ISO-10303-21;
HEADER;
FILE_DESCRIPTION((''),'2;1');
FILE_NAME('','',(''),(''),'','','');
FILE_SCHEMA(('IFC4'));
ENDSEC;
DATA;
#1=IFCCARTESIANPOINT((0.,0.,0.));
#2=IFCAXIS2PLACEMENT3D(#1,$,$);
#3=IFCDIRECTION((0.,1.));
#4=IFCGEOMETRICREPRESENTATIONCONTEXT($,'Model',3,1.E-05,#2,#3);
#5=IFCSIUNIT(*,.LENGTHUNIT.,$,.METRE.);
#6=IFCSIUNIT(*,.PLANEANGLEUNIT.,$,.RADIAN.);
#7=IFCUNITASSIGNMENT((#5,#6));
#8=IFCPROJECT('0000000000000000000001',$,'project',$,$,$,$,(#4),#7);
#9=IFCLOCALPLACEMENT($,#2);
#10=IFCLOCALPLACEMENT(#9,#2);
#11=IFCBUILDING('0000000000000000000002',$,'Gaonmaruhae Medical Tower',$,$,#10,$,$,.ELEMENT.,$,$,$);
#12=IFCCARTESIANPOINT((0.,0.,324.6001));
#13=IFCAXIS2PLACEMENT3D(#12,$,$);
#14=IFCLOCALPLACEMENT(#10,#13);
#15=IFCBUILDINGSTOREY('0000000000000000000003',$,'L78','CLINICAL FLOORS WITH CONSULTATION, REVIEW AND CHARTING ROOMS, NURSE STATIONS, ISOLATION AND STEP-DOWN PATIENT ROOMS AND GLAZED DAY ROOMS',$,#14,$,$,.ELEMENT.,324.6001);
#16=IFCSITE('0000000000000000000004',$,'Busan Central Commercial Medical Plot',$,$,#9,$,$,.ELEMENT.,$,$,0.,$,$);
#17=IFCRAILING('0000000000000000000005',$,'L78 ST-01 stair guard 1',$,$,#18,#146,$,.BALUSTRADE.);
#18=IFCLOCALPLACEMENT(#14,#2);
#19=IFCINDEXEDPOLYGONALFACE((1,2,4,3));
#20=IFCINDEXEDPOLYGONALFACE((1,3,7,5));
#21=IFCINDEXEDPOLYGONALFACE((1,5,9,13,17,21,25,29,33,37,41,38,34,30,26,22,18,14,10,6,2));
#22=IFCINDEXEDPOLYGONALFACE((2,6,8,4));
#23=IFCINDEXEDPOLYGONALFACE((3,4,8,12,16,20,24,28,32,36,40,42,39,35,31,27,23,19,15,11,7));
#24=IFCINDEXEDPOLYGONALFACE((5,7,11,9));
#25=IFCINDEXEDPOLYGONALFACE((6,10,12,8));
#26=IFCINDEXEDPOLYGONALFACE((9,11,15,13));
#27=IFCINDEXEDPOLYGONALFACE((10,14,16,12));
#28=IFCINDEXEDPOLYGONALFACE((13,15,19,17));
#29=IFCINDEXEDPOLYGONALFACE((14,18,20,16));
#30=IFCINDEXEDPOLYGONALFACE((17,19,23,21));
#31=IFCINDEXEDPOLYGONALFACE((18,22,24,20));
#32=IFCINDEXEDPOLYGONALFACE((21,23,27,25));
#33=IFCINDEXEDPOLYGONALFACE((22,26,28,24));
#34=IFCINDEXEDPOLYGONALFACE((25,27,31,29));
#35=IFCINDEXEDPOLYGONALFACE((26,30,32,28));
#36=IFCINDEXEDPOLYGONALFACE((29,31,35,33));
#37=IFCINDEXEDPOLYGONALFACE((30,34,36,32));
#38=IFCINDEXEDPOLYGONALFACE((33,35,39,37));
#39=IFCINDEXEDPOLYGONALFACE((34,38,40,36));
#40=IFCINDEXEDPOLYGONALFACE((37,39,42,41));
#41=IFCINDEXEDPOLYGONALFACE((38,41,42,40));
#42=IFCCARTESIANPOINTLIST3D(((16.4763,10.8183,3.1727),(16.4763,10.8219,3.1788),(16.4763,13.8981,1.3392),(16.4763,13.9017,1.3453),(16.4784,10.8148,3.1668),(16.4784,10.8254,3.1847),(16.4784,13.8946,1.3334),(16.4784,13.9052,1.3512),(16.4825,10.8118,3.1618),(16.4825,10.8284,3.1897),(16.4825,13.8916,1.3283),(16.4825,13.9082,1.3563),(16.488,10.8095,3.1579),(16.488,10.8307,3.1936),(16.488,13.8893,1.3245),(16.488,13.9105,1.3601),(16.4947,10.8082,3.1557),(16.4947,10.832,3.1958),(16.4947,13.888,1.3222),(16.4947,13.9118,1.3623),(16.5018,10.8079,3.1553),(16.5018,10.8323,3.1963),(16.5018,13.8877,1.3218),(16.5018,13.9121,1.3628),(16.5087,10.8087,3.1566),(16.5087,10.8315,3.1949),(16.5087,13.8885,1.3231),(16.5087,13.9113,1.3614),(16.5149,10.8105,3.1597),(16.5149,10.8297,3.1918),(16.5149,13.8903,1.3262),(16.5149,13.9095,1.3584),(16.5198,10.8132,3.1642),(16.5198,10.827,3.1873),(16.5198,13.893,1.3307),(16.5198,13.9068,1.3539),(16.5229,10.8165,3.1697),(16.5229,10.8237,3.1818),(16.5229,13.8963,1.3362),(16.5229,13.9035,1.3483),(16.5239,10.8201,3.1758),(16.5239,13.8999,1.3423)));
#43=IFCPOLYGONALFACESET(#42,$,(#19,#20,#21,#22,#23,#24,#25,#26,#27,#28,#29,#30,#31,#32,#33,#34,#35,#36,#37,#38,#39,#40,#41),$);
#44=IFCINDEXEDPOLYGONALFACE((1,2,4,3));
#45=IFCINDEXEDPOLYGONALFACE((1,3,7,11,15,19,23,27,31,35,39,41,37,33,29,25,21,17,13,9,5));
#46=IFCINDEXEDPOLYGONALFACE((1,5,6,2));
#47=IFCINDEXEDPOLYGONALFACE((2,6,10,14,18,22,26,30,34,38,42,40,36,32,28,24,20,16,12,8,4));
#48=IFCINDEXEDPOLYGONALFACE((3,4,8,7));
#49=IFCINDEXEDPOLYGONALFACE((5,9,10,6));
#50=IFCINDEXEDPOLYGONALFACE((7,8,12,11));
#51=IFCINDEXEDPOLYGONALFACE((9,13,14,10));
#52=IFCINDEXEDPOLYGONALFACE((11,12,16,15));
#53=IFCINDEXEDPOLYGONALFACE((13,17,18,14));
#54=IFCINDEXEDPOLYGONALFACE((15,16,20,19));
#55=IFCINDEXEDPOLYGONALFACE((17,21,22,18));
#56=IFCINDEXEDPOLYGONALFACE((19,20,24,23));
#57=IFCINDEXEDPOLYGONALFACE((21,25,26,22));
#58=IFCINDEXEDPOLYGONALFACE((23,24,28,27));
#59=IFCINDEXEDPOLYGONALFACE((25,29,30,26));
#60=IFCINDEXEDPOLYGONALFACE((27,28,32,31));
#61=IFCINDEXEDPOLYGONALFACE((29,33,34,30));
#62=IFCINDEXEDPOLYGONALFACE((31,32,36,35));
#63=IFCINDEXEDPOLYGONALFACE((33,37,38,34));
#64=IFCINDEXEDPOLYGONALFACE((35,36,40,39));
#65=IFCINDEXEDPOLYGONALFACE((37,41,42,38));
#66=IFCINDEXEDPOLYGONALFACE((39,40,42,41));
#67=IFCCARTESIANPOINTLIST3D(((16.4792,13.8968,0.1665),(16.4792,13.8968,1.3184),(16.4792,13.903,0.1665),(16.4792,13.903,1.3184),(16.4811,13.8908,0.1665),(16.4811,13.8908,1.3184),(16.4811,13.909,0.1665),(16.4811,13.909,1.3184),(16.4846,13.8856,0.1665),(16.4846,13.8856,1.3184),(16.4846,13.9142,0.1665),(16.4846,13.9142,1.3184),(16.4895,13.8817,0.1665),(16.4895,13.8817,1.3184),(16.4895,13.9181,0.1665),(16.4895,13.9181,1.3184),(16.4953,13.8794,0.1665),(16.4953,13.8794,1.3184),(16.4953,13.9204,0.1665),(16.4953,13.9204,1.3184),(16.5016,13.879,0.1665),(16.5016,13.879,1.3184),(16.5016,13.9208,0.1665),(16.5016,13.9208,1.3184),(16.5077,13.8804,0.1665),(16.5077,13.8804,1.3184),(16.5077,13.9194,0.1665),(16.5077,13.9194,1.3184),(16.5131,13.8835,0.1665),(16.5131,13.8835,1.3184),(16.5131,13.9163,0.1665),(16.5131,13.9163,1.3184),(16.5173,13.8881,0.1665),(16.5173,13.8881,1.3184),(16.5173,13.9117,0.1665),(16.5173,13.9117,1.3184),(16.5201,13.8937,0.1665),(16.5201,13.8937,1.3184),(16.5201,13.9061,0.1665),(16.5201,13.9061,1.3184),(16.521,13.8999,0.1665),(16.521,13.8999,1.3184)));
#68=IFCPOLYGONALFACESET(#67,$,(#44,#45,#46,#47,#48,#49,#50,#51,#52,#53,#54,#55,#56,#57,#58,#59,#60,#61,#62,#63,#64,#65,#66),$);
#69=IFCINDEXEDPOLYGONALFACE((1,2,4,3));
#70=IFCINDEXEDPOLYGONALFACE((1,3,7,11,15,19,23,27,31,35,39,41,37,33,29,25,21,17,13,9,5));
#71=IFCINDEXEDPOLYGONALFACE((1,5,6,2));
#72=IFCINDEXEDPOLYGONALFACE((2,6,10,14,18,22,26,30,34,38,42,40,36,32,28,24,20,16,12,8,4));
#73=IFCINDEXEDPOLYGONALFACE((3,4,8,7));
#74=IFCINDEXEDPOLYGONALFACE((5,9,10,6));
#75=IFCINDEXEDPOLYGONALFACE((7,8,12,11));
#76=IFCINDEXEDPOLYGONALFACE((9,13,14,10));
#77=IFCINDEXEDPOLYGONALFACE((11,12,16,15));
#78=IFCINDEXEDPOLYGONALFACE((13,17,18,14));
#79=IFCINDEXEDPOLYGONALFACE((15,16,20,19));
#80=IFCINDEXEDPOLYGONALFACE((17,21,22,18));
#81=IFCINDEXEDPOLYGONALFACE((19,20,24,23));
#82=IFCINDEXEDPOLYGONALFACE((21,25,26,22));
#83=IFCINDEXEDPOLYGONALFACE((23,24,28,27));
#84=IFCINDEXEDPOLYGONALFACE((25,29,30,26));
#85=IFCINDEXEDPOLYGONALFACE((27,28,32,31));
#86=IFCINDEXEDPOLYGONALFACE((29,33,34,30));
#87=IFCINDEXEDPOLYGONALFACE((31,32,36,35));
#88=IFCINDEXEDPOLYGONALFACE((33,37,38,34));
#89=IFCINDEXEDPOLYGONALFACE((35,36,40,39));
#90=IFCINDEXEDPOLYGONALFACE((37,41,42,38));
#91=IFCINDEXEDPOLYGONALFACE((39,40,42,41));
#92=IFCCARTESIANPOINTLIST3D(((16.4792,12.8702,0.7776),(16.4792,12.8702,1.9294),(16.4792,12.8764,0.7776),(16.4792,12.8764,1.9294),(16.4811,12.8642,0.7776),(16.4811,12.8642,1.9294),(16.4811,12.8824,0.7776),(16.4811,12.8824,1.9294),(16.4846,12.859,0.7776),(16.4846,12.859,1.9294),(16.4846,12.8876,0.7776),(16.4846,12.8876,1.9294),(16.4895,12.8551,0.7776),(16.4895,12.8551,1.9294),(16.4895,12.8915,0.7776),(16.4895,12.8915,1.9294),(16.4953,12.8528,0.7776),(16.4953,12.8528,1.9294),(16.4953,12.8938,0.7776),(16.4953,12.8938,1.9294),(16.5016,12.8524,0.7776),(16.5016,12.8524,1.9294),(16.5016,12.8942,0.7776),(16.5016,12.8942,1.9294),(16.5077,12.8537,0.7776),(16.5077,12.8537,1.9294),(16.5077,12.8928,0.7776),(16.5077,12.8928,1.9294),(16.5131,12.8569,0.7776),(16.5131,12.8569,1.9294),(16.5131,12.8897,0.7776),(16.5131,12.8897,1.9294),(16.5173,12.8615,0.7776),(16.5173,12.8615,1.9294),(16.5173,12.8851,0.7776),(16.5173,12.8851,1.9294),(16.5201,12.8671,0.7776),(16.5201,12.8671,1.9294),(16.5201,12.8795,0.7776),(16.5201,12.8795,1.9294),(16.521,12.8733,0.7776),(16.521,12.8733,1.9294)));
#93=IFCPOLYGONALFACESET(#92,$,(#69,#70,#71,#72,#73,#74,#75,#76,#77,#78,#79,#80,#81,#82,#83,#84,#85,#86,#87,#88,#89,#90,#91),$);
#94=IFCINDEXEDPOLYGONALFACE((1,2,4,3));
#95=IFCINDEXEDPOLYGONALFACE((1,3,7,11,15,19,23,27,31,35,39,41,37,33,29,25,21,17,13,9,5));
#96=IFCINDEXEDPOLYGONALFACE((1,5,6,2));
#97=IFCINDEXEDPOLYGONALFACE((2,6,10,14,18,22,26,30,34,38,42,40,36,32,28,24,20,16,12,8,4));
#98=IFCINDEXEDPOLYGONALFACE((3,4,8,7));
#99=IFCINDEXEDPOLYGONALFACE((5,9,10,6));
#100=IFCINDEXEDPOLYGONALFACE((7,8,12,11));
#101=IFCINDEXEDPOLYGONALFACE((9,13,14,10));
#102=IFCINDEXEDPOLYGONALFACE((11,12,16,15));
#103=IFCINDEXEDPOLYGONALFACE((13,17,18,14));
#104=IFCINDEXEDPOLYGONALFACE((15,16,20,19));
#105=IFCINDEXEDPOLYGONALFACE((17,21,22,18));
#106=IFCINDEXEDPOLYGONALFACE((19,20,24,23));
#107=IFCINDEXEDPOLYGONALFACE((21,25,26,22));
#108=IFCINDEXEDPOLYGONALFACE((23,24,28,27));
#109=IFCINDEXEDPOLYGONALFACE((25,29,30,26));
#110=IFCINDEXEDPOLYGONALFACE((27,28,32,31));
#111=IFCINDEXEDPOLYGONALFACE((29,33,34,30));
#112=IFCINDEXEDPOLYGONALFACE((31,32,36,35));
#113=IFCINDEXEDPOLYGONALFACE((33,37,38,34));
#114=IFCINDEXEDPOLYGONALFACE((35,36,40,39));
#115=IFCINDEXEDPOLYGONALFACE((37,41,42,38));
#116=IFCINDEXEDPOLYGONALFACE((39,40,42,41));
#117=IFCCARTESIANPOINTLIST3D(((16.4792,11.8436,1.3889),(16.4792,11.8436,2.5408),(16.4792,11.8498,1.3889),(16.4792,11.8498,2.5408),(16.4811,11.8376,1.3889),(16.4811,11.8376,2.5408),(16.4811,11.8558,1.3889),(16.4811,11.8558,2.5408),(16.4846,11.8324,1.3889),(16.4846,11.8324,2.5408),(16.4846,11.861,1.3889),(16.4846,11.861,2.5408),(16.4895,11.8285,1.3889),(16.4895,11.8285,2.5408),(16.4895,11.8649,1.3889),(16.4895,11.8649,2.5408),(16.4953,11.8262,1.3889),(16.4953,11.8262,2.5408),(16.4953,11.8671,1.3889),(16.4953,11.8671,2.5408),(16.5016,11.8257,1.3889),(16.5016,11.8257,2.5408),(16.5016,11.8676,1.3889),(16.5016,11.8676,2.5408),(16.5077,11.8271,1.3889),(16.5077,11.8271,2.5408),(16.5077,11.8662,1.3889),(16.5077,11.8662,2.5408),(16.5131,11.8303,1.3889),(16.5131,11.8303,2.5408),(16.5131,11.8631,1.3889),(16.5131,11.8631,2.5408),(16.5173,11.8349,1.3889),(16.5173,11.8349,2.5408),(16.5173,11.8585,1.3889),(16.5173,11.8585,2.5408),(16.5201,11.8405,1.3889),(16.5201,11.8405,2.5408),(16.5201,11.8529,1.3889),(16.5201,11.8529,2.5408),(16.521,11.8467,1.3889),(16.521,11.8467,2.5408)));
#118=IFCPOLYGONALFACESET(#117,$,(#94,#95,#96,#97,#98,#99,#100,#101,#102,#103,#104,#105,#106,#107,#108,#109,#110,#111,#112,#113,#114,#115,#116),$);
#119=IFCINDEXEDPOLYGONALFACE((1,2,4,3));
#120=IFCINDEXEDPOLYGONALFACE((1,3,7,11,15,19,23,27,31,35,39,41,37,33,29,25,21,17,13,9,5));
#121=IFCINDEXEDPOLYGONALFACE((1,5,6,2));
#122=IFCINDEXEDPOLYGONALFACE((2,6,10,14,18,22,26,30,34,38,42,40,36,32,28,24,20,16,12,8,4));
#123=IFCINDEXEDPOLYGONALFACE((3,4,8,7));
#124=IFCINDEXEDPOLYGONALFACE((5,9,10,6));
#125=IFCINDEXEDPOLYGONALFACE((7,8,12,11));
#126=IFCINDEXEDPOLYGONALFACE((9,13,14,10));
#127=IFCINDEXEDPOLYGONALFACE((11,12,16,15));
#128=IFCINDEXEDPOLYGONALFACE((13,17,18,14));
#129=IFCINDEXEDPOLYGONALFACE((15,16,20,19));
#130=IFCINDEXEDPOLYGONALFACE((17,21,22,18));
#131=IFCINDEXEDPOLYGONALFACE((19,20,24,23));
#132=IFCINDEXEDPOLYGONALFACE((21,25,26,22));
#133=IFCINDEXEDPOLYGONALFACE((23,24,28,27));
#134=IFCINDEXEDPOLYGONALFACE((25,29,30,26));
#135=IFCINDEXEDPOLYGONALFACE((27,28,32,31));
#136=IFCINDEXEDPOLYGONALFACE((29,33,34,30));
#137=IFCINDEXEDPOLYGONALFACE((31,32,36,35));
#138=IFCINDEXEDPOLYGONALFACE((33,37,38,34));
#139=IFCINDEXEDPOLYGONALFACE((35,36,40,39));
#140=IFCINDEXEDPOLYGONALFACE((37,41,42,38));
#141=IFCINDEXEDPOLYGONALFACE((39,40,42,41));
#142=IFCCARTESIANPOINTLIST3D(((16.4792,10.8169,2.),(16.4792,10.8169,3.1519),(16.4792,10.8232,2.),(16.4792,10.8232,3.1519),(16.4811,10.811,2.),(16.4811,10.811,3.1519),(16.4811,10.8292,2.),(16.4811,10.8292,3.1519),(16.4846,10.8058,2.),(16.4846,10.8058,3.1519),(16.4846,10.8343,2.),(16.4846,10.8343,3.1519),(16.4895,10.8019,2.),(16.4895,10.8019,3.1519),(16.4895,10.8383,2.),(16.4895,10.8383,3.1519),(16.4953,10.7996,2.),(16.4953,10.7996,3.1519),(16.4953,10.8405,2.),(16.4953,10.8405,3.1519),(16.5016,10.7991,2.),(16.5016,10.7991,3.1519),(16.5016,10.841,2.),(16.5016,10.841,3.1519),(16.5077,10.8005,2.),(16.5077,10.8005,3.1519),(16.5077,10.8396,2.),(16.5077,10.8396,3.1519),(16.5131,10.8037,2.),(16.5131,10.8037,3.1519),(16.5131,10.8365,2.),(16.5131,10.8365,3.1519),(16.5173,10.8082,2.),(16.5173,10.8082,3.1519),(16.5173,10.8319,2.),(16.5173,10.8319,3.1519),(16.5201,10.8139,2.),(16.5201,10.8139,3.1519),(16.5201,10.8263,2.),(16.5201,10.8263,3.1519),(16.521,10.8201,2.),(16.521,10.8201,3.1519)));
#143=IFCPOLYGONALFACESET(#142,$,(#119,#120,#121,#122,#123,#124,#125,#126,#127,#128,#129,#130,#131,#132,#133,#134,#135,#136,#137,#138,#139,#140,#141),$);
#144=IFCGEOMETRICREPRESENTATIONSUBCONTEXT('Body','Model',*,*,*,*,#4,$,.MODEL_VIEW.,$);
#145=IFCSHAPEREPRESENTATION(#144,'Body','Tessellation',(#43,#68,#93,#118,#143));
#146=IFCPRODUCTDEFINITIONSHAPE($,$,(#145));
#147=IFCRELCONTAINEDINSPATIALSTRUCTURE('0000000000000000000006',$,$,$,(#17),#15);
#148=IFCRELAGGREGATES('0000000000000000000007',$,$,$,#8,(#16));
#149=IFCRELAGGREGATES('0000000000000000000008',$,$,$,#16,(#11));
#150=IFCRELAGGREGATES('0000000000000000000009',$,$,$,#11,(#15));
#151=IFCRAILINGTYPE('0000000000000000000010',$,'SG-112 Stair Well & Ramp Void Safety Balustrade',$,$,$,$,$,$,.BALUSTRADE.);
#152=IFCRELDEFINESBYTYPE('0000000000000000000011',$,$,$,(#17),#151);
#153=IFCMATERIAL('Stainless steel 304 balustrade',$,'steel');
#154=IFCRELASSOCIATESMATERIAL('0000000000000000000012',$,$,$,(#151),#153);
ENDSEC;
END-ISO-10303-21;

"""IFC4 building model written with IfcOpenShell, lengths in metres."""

from ifc_helpers import new_model, si_unit, direction, frame, origin, origin_2d, place, context, subcontext, project, spatial, circle, extrude, material, type_object, element, save


model = new_model("IFC4")

# Units and contexts
model_context = context("Model", 3, precision=1e-05, world=origin(), true_north=direction((0.0, 1.0)))
body_context = subcontext(model_context, "Body", "Model", "MODEL_VIEW")
ifc_project = project(units=[si_unit("LENGTHUNIT", "METRE"), si_unit("PLANEANGLEUNIT", "RADIAN")], contexts=[model_context])

# Site, building, storey
site_placement = place(None, origin())
site = spatial("IfcSite", under=ifc_project, at=site_placement, Name="Busan Central Commercial Medical Plot", CompositionType="ELEMENT", RefElevation=0.0)
building_placement = place(site_placement, origin())
building = spatial("IfcBuilding", under=site, at=building_placement, Name="Gaonmaruhae Medical Tower", CompositionType="ELEMENT")
storey_placement = place(building_placement, frame((0.0, 0.0, 324.6001)))
storey = spatial("IfcBuildingStorey", under=building, at=storey_placement, Name="L78", Description="CLINICAL FLOORS WITH CONSULTATION, REVIEW AND CHARTING ROOMS, NURSE STATIONS, ISOLATION AND STEP-DOWN PATIENT ROOMS AND GLAZED DAY ROOMS", CompositionType="ELEMENT", Elevation=324.6001)

# Railing
ifc_material_1 = material(Name="Stainless steel 304 balustrade", Category="steel")
railing_type_1 = type_object("IfcRailingType", Name="SG-112 Stair Well & Ramp Void Safety Balustrade", PredefinedType="BALUSTRADE", material=ifc_material_1)
railing_1_placement = place(storey_placement, frame((16.5, 13.8999, 0.1665)))
element("IfcRailing", 1, at=railing_1_placement, inside=storey, type_object=railing_type_1, Name="L78 ST-01 stair guard 1", PredefinedType="BALUSTRADE", context=body_context, shape_type="SweptSolid", body=[
    extrude(circle(Radius=0.0239, at=origin_2d()), frame((0.0, 0.0, 1.1758), z_axis=(0.0, -0.859261, 0.511538), x_axis=(1.0, 0.0, 0.0)), (0.0, 0.0, 1.0), 3.5842),
    extrude(circle(Radius=0.021, at=origin_2d()), origin(), (0.0, 0.0, 1.0), 1.1519),
    extrude(circle(Radius=0.021, at=origin_2d()), frame((0.0, -1.0266, 0.6111)), (0.0, 0.0, 1.0), 1.1519),
    extrude(circle(Radius=0.021, at=origin_2d()), frame((0.0, -2.0532, 1.2224)), (0.0, 0.0, 1.0), 1.1519),
    extrude(circle(Radius=0.021, at=origin_2d()), frame((0.0, -3.0798, 1.8335)), (0.0, 0.0, 1.0), 1.1519),
])

save(model, "model.ifc")
